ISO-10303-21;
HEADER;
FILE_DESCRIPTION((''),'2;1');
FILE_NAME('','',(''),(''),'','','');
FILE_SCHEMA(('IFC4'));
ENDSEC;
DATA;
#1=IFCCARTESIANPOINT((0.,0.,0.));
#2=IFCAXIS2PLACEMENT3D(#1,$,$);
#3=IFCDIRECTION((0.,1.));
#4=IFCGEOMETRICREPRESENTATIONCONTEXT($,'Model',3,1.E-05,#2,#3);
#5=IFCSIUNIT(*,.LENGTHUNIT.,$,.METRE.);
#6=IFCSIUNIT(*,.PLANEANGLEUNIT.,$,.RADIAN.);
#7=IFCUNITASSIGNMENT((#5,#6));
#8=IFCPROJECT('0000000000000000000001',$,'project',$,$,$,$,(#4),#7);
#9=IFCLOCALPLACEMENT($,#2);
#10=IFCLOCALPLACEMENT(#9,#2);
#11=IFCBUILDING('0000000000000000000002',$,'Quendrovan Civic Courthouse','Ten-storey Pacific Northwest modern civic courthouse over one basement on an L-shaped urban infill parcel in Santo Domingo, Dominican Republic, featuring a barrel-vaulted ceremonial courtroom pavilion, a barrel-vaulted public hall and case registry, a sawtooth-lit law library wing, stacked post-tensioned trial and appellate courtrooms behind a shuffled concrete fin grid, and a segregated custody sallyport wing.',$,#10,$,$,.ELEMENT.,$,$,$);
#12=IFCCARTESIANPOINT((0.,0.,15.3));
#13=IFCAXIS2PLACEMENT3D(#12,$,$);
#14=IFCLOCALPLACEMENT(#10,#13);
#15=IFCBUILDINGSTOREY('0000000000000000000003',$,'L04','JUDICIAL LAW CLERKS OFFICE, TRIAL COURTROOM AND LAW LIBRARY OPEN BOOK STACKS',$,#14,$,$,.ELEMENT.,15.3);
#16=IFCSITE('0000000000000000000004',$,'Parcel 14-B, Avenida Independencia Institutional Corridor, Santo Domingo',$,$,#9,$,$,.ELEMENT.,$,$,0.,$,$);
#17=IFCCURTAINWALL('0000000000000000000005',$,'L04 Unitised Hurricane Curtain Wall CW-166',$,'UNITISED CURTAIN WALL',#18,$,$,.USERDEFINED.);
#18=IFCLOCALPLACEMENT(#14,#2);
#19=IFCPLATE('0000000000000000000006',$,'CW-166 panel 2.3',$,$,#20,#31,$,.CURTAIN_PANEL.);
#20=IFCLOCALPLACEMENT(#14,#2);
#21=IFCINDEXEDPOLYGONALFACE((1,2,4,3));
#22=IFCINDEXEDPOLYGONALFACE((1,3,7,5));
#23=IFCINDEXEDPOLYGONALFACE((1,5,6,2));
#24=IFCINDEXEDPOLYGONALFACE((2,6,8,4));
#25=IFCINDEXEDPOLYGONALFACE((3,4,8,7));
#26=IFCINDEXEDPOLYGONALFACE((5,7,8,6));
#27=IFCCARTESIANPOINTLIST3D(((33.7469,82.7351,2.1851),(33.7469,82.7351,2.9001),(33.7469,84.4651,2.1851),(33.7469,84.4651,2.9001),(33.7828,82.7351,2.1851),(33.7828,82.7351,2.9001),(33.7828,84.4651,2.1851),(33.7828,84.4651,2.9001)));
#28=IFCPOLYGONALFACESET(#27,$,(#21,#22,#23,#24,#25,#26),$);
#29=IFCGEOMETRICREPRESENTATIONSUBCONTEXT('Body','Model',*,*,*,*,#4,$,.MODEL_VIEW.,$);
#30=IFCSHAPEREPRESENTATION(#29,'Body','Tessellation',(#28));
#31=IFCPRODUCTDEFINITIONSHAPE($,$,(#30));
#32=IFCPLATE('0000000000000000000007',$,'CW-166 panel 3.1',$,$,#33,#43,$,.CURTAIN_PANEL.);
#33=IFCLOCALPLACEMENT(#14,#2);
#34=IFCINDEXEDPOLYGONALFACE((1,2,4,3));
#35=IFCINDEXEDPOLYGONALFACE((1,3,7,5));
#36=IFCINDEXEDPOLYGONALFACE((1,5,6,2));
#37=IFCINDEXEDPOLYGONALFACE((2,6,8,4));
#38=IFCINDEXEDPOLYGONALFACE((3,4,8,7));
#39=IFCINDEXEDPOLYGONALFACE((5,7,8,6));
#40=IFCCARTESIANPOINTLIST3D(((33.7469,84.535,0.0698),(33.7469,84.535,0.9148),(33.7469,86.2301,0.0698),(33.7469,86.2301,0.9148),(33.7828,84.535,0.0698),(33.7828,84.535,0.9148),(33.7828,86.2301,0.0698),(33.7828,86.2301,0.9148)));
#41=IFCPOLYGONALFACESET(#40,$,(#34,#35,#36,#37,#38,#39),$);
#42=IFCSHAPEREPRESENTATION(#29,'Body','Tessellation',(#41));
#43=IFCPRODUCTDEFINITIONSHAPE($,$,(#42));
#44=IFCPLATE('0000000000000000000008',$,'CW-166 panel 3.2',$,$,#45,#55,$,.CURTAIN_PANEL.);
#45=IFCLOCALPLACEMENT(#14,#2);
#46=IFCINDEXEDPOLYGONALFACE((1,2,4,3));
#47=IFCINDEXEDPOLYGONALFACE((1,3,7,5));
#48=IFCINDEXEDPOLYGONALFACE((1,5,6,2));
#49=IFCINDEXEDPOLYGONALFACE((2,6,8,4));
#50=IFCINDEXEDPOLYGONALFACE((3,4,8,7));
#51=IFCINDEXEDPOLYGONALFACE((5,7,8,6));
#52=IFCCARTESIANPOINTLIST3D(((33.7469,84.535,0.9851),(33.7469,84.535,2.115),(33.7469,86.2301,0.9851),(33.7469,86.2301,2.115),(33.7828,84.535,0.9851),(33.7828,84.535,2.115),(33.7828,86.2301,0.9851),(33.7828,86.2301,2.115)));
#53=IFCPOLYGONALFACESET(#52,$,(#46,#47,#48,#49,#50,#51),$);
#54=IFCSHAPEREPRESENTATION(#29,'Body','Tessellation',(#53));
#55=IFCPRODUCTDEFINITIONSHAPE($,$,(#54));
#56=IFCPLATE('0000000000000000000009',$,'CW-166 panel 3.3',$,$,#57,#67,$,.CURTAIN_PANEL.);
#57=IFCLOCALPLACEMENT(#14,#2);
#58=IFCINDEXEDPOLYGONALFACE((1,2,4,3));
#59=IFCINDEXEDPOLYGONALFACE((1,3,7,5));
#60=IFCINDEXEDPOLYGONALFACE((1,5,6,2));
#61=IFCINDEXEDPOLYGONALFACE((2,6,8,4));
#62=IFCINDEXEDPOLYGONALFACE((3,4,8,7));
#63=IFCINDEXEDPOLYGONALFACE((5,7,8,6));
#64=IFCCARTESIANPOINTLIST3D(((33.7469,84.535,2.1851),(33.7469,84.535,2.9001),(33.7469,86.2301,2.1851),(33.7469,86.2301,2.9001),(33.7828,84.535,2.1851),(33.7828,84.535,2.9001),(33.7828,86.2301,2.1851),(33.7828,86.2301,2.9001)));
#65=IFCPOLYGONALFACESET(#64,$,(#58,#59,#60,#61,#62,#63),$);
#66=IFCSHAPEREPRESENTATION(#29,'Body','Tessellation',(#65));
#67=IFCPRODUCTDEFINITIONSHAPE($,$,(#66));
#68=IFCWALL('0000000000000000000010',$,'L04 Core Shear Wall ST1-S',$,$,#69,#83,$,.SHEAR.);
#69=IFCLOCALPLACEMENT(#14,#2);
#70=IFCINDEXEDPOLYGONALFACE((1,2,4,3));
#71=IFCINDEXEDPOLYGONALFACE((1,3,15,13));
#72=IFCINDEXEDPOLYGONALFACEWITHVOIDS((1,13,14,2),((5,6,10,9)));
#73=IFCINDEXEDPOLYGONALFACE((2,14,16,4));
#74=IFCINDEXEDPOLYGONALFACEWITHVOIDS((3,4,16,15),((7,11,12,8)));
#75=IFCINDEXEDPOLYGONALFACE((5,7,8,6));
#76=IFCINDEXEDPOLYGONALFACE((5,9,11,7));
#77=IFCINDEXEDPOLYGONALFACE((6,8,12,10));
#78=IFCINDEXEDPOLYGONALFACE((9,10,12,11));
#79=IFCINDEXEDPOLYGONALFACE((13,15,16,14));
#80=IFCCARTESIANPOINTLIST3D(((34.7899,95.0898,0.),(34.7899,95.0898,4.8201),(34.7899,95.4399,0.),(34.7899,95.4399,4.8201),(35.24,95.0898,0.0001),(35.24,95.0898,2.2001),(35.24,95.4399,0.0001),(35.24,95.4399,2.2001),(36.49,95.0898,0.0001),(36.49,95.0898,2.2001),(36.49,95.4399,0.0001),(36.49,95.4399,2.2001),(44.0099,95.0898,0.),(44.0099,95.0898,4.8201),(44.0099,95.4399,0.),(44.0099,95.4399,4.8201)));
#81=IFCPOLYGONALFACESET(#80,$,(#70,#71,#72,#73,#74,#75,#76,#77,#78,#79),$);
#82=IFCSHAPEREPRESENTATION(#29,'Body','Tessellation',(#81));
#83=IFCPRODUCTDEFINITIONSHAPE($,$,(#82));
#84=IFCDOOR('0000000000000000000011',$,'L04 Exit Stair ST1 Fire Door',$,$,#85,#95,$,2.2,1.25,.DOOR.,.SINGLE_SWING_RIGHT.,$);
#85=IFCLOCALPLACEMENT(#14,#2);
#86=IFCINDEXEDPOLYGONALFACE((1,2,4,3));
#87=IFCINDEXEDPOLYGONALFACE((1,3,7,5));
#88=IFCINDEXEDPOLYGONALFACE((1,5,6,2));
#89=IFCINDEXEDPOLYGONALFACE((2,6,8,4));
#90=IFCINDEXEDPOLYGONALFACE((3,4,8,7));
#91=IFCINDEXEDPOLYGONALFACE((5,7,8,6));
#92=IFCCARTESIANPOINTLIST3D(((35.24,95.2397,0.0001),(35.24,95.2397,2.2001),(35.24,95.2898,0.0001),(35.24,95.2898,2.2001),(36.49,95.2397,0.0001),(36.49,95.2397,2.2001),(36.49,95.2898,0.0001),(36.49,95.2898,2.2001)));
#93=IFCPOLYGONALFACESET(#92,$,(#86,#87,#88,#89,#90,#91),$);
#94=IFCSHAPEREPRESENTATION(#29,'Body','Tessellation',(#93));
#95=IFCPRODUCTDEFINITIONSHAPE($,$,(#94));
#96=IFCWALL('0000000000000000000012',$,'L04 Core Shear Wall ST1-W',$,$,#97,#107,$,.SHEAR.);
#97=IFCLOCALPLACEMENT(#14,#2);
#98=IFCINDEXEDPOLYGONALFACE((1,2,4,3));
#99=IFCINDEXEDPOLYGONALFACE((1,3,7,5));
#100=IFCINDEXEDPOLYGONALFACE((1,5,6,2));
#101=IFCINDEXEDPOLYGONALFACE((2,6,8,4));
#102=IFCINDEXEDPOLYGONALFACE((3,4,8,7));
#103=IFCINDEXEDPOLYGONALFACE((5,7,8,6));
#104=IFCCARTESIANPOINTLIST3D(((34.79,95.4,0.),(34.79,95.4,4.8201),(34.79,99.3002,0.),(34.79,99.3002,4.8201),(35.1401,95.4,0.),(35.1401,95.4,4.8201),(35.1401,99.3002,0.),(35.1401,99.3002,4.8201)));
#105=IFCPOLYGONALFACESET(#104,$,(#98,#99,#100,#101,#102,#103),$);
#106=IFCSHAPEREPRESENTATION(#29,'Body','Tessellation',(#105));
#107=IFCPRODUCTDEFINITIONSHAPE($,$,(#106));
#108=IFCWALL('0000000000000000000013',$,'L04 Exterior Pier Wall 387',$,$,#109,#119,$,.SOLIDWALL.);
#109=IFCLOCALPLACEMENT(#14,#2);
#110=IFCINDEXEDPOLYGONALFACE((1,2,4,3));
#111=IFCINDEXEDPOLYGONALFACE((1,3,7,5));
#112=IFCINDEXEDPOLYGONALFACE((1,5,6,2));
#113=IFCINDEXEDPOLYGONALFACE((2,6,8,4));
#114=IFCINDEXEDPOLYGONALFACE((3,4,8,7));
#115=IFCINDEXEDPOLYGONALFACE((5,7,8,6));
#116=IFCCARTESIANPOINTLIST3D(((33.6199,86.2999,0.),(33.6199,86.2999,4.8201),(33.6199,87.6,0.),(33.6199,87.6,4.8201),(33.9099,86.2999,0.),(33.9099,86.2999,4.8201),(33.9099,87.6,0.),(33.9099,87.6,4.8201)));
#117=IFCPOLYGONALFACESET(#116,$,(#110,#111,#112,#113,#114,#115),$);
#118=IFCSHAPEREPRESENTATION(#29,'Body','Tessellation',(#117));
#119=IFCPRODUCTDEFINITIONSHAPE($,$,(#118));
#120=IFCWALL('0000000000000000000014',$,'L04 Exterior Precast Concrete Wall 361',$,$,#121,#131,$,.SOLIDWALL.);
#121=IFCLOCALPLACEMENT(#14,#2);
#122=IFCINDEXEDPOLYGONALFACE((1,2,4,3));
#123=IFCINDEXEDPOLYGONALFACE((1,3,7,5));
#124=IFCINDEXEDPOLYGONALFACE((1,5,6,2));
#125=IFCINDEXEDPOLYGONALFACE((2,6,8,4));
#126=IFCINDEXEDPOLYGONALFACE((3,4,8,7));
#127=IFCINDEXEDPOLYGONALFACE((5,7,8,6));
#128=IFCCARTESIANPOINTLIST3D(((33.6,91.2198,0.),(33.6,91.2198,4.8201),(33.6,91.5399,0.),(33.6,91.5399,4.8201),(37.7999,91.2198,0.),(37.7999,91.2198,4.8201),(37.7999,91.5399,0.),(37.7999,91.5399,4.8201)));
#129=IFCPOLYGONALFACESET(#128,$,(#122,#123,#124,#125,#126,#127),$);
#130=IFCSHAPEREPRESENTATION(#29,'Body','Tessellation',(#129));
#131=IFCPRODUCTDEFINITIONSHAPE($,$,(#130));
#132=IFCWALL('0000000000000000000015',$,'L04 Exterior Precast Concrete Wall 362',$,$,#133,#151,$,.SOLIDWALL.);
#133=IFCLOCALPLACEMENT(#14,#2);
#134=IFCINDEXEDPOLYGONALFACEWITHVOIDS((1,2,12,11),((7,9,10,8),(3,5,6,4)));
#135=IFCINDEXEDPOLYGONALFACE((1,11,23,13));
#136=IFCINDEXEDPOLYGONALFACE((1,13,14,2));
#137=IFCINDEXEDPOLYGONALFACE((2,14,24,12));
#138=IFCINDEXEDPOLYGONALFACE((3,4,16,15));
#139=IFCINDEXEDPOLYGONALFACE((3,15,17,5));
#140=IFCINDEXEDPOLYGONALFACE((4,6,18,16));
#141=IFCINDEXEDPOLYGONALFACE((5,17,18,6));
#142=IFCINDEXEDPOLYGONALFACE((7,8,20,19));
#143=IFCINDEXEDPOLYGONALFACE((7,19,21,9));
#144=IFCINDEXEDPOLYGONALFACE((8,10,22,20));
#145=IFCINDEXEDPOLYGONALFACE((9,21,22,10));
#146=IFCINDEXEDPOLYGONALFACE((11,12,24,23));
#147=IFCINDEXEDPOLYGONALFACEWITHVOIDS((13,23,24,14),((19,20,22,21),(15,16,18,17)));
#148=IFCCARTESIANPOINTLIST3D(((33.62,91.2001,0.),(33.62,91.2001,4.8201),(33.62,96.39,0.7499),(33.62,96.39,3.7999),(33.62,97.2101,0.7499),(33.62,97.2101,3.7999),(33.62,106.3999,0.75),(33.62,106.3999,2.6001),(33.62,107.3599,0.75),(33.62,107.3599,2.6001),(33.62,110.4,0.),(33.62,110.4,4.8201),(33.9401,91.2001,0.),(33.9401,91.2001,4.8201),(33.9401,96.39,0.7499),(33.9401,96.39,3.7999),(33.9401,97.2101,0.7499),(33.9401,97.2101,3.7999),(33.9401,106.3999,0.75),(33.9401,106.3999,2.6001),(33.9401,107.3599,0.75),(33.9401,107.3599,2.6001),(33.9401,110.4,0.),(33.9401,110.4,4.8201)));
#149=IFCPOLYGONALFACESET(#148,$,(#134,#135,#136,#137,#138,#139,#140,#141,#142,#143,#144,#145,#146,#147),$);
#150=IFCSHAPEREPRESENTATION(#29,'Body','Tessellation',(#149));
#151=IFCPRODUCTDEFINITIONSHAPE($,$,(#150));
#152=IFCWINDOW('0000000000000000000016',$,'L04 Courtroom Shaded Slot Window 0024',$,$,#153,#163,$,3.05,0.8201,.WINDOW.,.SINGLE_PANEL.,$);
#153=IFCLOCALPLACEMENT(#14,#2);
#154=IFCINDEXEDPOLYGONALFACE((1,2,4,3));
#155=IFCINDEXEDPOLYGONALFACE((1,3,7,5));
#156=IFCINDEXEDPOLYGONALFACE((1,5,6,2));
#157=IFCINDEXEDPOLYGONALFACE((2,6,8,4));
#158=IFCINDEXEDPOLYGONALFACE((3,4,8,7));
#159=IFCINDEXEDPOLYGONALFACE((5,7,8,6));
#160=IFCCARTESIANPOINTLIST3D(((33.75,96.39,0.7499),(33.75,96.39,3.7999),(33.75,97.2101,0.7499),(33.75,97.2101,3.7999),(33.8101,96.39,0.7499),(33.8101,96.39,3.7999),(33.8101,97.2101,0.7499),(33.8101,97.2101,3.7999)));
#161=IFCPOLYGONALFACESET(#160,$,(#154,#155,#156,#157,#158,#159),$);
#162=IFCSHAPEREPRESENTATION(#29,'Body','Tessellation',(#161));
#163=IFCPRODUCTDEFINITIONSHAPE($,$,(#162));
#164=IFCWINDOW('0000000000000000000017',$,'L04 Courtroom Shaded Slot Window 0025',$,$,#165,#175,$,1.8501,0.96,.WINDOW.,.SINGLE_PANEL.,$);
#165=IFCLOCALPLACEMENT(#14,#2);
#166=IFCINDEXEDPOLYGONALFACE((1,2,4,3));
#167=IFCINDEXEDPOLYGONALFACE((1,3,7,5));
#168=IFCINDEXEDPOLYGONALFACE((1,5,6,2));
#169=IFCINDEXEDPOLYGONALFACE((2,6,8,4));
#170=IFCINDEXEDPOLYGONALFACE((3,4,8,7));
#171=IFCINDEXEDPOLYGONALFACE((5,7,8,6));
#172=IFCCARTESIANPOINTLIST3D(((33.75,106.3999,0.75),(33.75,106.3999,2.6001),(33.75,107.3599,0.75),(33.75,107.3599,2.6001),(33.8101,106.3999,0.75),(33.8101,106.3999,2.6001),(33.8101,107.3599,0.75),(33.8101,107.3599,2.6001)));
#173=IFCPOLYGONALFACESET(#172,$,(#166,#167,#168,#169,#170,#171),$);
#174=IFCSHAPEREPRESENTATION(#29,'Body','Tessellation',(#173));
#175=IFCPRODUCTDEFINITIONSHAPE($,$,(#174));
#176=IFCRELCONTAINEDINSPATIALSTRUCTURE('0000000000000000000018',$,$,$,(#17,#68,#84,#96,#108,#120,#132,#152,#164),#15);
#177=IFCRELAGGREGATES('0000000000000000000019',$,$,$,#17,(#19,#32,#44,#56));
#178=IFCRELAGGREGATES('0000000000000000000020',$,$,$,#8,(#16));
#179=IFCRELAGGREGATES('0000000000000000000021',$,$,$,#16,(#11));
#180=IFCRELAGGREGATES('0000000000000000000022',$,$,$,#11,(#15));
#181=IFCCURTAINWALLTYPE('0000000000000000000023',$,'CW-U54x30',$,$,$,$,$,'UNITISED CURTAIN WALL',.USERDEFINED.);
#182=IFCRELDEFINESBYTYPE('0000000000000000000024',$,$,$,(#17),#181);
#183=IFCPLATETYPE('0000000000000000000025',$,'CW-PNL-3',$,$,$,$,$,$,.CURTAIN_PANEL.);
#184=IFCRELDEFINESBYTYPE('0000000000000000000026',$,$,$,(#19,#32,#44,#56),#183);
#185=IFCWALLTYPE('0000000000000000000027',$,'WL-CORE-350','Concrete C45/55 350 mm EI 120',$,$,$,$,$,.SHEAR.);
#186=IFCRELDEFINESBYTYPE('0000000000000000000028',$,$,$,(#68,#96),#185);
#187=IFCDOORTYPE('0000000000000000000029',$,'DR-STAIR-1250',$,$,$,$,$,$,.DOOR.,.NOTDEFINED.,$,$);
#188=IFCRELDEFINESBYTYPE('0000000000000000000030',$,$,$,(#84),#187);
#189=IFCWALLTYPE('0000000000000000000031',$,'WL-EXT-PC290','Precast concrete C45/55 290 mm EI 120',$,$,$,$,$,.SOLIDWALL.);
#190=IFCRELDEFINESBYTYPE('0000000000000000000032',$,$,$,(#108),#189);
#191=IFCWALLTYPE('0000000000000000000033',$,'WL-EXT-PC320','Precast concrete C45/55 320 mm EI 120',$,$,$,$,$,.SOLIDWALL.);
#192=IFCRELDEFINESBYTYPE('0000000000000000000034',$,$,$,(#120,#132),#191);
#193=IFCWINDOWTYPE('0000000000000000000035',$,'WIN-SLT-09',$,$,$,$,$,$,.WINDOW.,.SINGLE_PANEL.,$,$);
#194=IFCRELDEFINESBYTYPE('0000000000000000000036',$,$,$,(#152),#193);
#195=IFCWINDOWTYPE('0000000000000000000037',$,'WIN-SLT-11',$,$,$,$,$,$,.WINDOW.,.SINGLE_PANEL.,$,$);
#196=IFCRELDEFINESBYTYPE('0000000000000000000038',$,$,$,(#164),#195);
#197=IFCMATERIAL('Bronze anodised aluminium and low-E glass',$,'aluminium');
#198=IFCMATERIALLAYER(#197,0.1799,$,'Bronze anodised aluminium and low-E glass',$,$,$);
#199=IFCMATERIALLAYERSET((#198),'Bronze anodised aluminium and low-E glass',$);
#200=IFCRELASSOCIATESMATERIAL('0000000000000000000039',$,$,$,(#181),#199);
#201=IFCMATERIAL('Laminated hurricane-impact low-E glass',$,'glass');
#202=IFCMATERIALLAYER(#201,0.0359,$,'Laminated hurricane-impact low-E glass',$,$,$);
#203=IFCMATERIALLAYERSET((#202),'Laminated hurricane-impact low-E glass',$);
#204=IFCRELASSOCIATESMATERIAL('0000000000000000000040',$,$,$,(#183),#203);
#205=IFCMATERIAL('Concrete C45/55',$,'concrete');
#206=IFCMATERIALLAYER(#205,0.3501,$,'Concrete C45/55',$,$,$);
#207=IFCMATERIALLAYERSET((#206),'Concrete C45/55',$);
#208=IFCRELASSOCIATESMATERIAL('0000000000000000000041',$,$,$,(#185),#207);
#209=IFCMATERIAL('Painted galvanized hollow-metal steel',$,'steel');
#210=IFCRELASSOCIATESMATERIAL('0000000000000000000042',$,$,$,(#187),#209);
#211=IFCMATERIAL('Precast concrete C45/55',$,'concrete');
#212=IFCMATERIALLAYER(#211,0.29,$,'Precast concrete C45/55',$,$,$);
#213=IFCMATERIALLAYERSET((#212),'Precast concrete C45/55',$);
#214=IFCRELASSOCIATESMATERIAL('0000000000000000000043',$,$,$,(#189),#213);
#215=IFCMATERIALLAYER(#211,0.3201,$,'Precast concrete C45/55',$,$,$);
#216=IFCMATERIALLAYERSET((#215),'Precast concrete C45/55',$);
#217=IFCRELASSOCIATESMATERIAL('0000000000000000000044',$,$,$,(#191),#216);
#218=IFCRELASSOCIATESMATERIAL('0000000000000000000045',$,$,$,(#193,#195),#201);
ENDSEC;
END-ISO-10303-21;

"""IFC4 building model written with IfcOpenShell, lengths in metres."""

from ifc_helpers import new_model, si_unit, direction, frame, frame_2d, origin, origin_2d, place, context, subcontext, project, spatial, rectangle, extrude, material, layer, layer_set, type_object, element, fill, aggregate, save


model = new_model("IFC4")

# Units and contexts
model_context = context("Model", 3, precision=1e-05, world=origin(), true_north=direction((0.0, 1.0)))
body_context = subcontext(model_context, "Body", "Model", "MODEL_VIEW")
ifc_project = project(units=[si_unit("LENGTHUNIT", "METRE"), si_unit("PLANEANGLEUNIT", "RADIAN")], contexts=[model_context])

# Site, building, storey
site_placement = place(None, origin())
site = spatial("IfcSite", under=ifc_project, at=site_placement, Name="Parcel 14-B, Avenida Independencia Institutional Corridor, Santo Domingo", CompositionType="ELEMENT", RefElevation=0.0)
building_placement = place(site_placement, origin())
building = spatial("IfcBuilding", under=site, at=building_placement, Name="Quendrovan Civic Courthouse", Description="Ten-storey Pacific Northwest modern civic courthouse over one basement on an L-shaped urban infill parcel in Santo Domingo, Dominican Republic, featuring a barrel-vaulted ceremonial courtroom pavilion, a barrel-vaulted public hall and case registry, a sawtooth-lit law library wing, stacked post-tensioned trial and appellate courtrooms behind a shuffled concrete fin grid, and a segregated custody sallyport wing.", CompositionType="ELEMENT")
storey_placement = place(building_placement, frame((0.0, 0.0, 15.3)))
storey = spatial("IfcBuildingStorey", under=building, at=storey_placement, Name="L04", Description="JUDICIAL LAW CLERKS OFFICE, TRIAL COURTROOM AND LAW LIBRARY OPEN BOOK STACKS", CompositionType="ELEMENT", Elevation=15.3)

# Shared definitions
ifc_material_1 = material(Name="Concrete C45/55", Category="concrete")

# Curtain wall, plates
ifc_material_2 = material(Name="Bronze anodised aluminium and low-E glass", Category="aluminium")
ifc_layer_1 = layer(ifc_material_2, 0.1799, Name="Bronze anodised aluminium and low-E glass")
ifc_layer_set_1 = layer_set([ifc_layer_1], Name="Bronze anodised aluminium and low-E glass")
curtain_wall_type = type_object("IfcCurtainWallType", Name="CW-U54x30", ElementType="UNITISED CURTAIN WALL", PredefinedType="USERDEFINED", material=ifc_layer_set_1)
curtain_wall_placement = place(storey_placement, origin())
curtain_wall = element("IfcCurtainWall", 1, at=curtain_wall_placement, inside=storey, type_object=curtain_wall_type, Name="L04 Unitised Hurricane Curtain Wall CW-166", ObjectType="UNITISED CURTAIN WALL", PredefinedType="USERDEFINED")
ifc_material_3 = material(Name="Laminated hurricane-impact low-E glass", Category="glass")
ifc_layer_2 = layer(ifc_material_3, 0.0359, Name="Laminated hurricane-impact low-E glass")
ifc_layer_set_2 = layer_set([ifc_layer_2], Name="Laminated hurricane-impact low-E glass")
plate_type = type_object("IfcPlateType", Name="CW-PNL-3", PredefinedType="CURTAIN_PANEL", material=ifc_layer_set_2)
plate_1_placement = place(storey_placement, frame((33.7649, 83.6001, 2.1851), z_axis=(0.0, 0.0, 1.0), x_axis=(0.0, 1.0, 0.0)))
plate_1 = element("IfcPlate", 2, at=plate_1_placement, type_object=plate_type, Name="CW-166 panel 2.3", PredefinedType="CURTAIN_PANEL", context=body_context, shape_type="SweptSolid", body=[
    extrude(rectangle(XDim=1.73, YDim=0.0359, at=origin_2d()), origin(), (0.0, 0.0, 1.0), 0.7151),
])
plate_2_placement = place(storey_placement, frame((33.7649, 85.3826, 0.0698), z_axis=(0.0, 0.0, 1.0), x_axis=(0.0, 1.0, 0.0)))
plate_2 = element("IfcPlate", 3, at=plate_2_placement, type_object=plate_type, Name="CW-166 panel 3.1", PredefinedType="CURTAIN_PANEL", context=body_context, shape_type="SweptSolid", body=[
    extrude(rectangle(XDim=1.6951, YDim=0.0359, at=origin_2d()), origin(), (0.0, 0.0, 1.0), 0.845),
])
plate_3_placement = place(storey_placement, frame((33.7649, 85.3826, 0.9851), z_axis=(0.0, 0.0, 1.0), x_axis=(0.0, 1.0, 0.0)))
plate_3 = element("IfcPlate", 4, at=plate_3_placement, type_object=plate_type, Name="CW-166 panel 3.2", PredefinedType="CURTAIN_PANEL", context=body_context, shape_type="SweptSolid", body=[
    extrude(rectangle(XDim=1.6951, YDim=0.0359, at=origin_2d()), origin(), (0.0, 0.0, 1.0), 1.1299),
])
plate_4_placement = place(storey_placement, frame((33.7649, 85.3826, 2.1851), z_axis=(0.0, 0.0, 1.0), x_axis=(0.0, 1.0, 0.0)))
plate_4 = element("IfcPlate", 5, at=plate_4_placement, type_object=plate_type, Name="CW-166 panel 3.3", PredefinedType="CURTAIN_PANEL", context=body_context, shape_type="SweptSolid", body=[
    extrude(rectangle(XDim=1.6951, YDim=0.0359, at=origin_2d()), origin(), (0.0, 0.0, 1.0), 0.7151),
])
aggregate(curtain_wall, [plate_1, plate_2, plate_3, plate_4])

# Wall, opening, door
ifc_layer_3 = layer(ifc_material_1, 0.3501, Name="Concrete C45/55")
ifc_layer_set_3 = layer_set([ifc_layer_3], Name="Concrete C45/55")
wall_type_1 = type_object("IfcWallType", Name="WL-CORE-350", Description="Concrete C45/55 350 mm EI 120", PredefinedType="SHEAR", material=ifc_layer_set_3)
wall_1_placement = place(storey_placement, frame((34.79, 95.2649, 0.0), z_axis=(0.0, 0.0, 1.0), x_axis=(1.0, 0.0, 0.0)))
wall_1 = element("IfcWall", 6, at=wall_1_placement, inside=storey, type_object=wall_type_1, Name="L04 Core Shear Wall ST1-S", PredefinedType="SHEAR", context=body_context, shape_type="SweptSolid", body=[
    extrude(rectangle(XDim=9.22, YDim=0.3501, at=frame_2d((4.6099, 0.0))), origin(), (0.0, 0.0, 1.0), 4.8201),
])
opening_1_placement = place(wall_1_placement, frame((0.45, 0.0, 0.0)))
opening_1 = element("IfcOpeningElement", 7, at=opening_1_placement, cuts=wall_1, PredefinedType="OPENING", context=body_context, shape_type="SweptSolid", body=[
    extrude(rectangle(XDim=1.25, YDim=2.2, at=frame_2d((0.625, 1.1001))), frame((0.0, 0.1851, 0.0), z_axis=(0.0, -1.0, 0.0), x_axis=(1.0, 0.0, 0.0)), (0.0, 0.0, 1.0), 0.3701),
])
ifc_material_4 = material(Name="Painted galvanized hollow-metal steel", Category="steel")
door_type = type_object("IfcDoorType", Name="DR-STAIR-1250", OperationType="NOTDEFINED", PredefinedType="DOOR", material=ifc_material_4)
door_placement = place(opening_1_placement, origin())
door = element("IfcDoor", 8, at=door_placement, inside=storey, type_object=door_type, Name="L04 Exit Stair ST1 Fire Door", OperationType="SINGLE_SWING_RIGHT", OverallHeight=2.2, OverallWidth=1.25, PredefinedType="DOOR", context=body_context, shape_type="SweptSolid", body=[
    extrude(rectangle(XDim=1.25, YDim=2.2, at=frame_2d((0.625, 1.1001))), frame((0.0, 0.0249, 0.0), z_axis=(0.0, -1.0, 0.0), x_axis=(1.0, 0.0, 0.0)), (0.0, 0.0, 1.0), 0.05),
])
fill(opening_1, door)

# Walls
wall_2_placement = place(storey_placement, frame((34.9651, 95.3999, 0.0), z_axis=(0.0, 0.0, 1.0), x_axis=(0.0, 1.0, 0.0)))
element("IfcWall", 9, at=wall_2_placement, inside=storey, type_object=wall_type_1, Name="L04 Core Shear Wall ST1-W", PredefinedType="SHEAR", context=body_context, shape_type="SweptSolid", body=[
    extrude(rectangle(XDim=3.9001, YDim=0.3501, at=frame_2d((1.9502, 0.0))), origin(), (0.0, 0.0, 1.0), 4.8201),
])
ifc_material_5 = material(Name="Precast concrete C45/55", Category="concrete")
ifc_layer_4 = layer(ifc_material_5, 0.29, Name="Precast concrete C45/55")
ifc_layer_set_4 = layer_set([ifc_layer_4], Name="Precast concrete C45/55")
wall_type_2 = type_object("IfcWallType", Name="WL-EXT-PC290", Description="Precast concrete C45/55 290 mm EI 120", PredefinedType="SOLIDWALL", material=ifc_layer_set_4)
wall_3_placement = place(storey_placement, frame((33.7649, 86.3, 0.0), z_axis=(0.0, 0.0, 1.0), x_axis=(0.0, 1.0, 0.0)))
element("IfcWall", 10, at=wall_3_placement, inside=storey, type_object=wall_type_2, Name="L04 Exterior Pier Wall 387", PredefinedType="SOLIDWALL", context=body_context, shape_type="SweptSolid", body=[
    extrude(rectangle(XDim=1.3, YDim=0.29, at=frame_2d((0.6499, 0.0))), origin(), (0.0, 0.0, 1.0), 4.8201),
])
ifc_layer_5 = layer(ifc_material_5, 0.3201, Name="Precast concrete C45/55")
ifc_layer_set_5 = layer_set([ifc_layer_5], Name="Precast concrete C45/55")
wall_type_3 = type_object("IfcWallType", Name="WL-EXT-PC320", Description="Precast concrete C45/55 320 mm EI 120", PredefinedType="SOLIDWALL", material=ifc_layer_set_5)
wall_4_placement = place(storey_placement, frame((37.8, 91.3799, 0.0), z_axis=(0.0, 0.0, 1.0), x_axis=(-1.0, 0.0, 0.0)))
element("IfcWall", 11, at=wall_4_placement, inside=storey, type_object=wall_type_3, Name="L04 Exterior Precast Concrete Wall 361", PredefinedType="SOLIDWALL", context=body_context, shape_type="SweptSolid", body=[
    extrude(rectangle(XDim=4.2, YDim=0.3201, at=frame_2d((2.1001, 0.0))), origin(), (0.0, 0.0, 1.0), 4.8201),
])

# Wall, openings, windows
wall_5_placement = place(storey_placement, frame((33.78, 91.2, 0.0), z_axis=(0.0, 0.0, 1.0), x_axis=(0.0, 1.0, 0.0)))
wall_5 = element("IfcWall", 12, at=wall_5_placement, inside=storey, type_object=wall_type_3, Name="L04 Exterior Precast Concrete Wall 362", PredefinedType="SOLIDWALL", context=body_context, shape_type="SweptSolid", body=[
    extrude(rectangle(XDim=19.2, YDim=0.3201, at=frame_2d((9.6001, 0.0))), origin(), (0.0, 0.0, 1.0), 4.8201),
])
opening_2_placement = place(wall_5_placement, frame((5.1899, 0.0, 0.75)))
opening_2 = element("IfcOpeningElement", 13, at=opening_2_placement, cuts=wall_5, PredefinedType="OPENING", context=body_context, shape_type="SweptSolid", body=[
    extrude(rectangle(XDim=0.8201, YDim=3.05, at=frame_2d((0.4102, 1.5249))), frame((0.0, 0.1699, 0.0), z_axis=(0.0, -1.0, 0.0), x_axis=(1.0, 0.0, 0.0)), (0.0, 0.0, 1.0), 0.3401),
])
opening_3_placement = place(wall_5_placement, frame((15.2, 0.0, 0.75)))
opening_3 = element("IfcOpeningElement", 14, at=opening_3_placement, cuts=wall_5, PredefinedType="OPENING", context=body_context, shape_type="SweptSolid", body=[
    extrude(rectangle(XDim=0.96, YDim=1.8501, at=frame_2d((0.48, 0.925))), frame((0.0, 0.1699, 0.0), z_axis=(0.0, -1.0, 0.0), x_axis=(1.0, 0.0, 0.0)), (0.0, 0.0, 1.0), 0.3401),
])
window_type_1 = type_object("IfcWindowType", Name="WIN-SLT-09", PartitioningType="SINGLE_PANEL", PredefinedType="WINDOW", material=ifc_material_3)
window_1_placement = place(opening_2_placement, origin())
window_1 = element("IfcWindow", 15, at=window_1_placement, inside=storey, type_object=window_type_1, Name="L04 Courtroom Shaded Slot Window 0024", OverallHeight=3.05, OverallWidth=0.8201, PartitioningType="SINGLE_PANEL", PredefinedType="WINDOW", context=body_context, shape_type="SweptSolid", body=[
    extrude(rectangle(XDim=0.8201, YDim=3.05, at=frame_2d((0.4102, 1.5249))), frame((0.0, 0.03, 0.0), z_axis=(0.0, -1.0, 0.0), x_axis=(1.0, 0.0, 0.0)), (0.0, 0.0, 1.0), 0.0601),
])
fill(opening_2, window_1)
window_type_2 = type_object("IfcWindowType", Name="WIN-SLT-11", PartitioningType="SINGLE_PANEL", PredefinedType="WINDOW", material=ifc_material_3)
window_2_placement = place(opening_3_placement, origin())
window_2 = element("IfcWindow", 16, at=window_2_placement, inside=storey, type_object=window_type_2, Name="L04 Courtroom Shaded Slot Window 0025", OverallHeight=1.8501, OverallWidth=0.96, PartitioningType="SINGLE_PANEL", PredefinedType="WINDOW", context=body_context, shape_type="SweptSolid", body=[
    extrude(rectangle(XDim=0.96, YDim=1.8501, at=frame_2d((0.48, 0.925))), frame((0.0, 0.03, 0.0), z_axis=(0.0, -1.0, 0.0), x_axis=(1.0, 0.0, 0.0)), (0.0, 0.0, 1.0), 0.0601),
])
fill(opening_3, window_2)

save(model, "model.ifc")
